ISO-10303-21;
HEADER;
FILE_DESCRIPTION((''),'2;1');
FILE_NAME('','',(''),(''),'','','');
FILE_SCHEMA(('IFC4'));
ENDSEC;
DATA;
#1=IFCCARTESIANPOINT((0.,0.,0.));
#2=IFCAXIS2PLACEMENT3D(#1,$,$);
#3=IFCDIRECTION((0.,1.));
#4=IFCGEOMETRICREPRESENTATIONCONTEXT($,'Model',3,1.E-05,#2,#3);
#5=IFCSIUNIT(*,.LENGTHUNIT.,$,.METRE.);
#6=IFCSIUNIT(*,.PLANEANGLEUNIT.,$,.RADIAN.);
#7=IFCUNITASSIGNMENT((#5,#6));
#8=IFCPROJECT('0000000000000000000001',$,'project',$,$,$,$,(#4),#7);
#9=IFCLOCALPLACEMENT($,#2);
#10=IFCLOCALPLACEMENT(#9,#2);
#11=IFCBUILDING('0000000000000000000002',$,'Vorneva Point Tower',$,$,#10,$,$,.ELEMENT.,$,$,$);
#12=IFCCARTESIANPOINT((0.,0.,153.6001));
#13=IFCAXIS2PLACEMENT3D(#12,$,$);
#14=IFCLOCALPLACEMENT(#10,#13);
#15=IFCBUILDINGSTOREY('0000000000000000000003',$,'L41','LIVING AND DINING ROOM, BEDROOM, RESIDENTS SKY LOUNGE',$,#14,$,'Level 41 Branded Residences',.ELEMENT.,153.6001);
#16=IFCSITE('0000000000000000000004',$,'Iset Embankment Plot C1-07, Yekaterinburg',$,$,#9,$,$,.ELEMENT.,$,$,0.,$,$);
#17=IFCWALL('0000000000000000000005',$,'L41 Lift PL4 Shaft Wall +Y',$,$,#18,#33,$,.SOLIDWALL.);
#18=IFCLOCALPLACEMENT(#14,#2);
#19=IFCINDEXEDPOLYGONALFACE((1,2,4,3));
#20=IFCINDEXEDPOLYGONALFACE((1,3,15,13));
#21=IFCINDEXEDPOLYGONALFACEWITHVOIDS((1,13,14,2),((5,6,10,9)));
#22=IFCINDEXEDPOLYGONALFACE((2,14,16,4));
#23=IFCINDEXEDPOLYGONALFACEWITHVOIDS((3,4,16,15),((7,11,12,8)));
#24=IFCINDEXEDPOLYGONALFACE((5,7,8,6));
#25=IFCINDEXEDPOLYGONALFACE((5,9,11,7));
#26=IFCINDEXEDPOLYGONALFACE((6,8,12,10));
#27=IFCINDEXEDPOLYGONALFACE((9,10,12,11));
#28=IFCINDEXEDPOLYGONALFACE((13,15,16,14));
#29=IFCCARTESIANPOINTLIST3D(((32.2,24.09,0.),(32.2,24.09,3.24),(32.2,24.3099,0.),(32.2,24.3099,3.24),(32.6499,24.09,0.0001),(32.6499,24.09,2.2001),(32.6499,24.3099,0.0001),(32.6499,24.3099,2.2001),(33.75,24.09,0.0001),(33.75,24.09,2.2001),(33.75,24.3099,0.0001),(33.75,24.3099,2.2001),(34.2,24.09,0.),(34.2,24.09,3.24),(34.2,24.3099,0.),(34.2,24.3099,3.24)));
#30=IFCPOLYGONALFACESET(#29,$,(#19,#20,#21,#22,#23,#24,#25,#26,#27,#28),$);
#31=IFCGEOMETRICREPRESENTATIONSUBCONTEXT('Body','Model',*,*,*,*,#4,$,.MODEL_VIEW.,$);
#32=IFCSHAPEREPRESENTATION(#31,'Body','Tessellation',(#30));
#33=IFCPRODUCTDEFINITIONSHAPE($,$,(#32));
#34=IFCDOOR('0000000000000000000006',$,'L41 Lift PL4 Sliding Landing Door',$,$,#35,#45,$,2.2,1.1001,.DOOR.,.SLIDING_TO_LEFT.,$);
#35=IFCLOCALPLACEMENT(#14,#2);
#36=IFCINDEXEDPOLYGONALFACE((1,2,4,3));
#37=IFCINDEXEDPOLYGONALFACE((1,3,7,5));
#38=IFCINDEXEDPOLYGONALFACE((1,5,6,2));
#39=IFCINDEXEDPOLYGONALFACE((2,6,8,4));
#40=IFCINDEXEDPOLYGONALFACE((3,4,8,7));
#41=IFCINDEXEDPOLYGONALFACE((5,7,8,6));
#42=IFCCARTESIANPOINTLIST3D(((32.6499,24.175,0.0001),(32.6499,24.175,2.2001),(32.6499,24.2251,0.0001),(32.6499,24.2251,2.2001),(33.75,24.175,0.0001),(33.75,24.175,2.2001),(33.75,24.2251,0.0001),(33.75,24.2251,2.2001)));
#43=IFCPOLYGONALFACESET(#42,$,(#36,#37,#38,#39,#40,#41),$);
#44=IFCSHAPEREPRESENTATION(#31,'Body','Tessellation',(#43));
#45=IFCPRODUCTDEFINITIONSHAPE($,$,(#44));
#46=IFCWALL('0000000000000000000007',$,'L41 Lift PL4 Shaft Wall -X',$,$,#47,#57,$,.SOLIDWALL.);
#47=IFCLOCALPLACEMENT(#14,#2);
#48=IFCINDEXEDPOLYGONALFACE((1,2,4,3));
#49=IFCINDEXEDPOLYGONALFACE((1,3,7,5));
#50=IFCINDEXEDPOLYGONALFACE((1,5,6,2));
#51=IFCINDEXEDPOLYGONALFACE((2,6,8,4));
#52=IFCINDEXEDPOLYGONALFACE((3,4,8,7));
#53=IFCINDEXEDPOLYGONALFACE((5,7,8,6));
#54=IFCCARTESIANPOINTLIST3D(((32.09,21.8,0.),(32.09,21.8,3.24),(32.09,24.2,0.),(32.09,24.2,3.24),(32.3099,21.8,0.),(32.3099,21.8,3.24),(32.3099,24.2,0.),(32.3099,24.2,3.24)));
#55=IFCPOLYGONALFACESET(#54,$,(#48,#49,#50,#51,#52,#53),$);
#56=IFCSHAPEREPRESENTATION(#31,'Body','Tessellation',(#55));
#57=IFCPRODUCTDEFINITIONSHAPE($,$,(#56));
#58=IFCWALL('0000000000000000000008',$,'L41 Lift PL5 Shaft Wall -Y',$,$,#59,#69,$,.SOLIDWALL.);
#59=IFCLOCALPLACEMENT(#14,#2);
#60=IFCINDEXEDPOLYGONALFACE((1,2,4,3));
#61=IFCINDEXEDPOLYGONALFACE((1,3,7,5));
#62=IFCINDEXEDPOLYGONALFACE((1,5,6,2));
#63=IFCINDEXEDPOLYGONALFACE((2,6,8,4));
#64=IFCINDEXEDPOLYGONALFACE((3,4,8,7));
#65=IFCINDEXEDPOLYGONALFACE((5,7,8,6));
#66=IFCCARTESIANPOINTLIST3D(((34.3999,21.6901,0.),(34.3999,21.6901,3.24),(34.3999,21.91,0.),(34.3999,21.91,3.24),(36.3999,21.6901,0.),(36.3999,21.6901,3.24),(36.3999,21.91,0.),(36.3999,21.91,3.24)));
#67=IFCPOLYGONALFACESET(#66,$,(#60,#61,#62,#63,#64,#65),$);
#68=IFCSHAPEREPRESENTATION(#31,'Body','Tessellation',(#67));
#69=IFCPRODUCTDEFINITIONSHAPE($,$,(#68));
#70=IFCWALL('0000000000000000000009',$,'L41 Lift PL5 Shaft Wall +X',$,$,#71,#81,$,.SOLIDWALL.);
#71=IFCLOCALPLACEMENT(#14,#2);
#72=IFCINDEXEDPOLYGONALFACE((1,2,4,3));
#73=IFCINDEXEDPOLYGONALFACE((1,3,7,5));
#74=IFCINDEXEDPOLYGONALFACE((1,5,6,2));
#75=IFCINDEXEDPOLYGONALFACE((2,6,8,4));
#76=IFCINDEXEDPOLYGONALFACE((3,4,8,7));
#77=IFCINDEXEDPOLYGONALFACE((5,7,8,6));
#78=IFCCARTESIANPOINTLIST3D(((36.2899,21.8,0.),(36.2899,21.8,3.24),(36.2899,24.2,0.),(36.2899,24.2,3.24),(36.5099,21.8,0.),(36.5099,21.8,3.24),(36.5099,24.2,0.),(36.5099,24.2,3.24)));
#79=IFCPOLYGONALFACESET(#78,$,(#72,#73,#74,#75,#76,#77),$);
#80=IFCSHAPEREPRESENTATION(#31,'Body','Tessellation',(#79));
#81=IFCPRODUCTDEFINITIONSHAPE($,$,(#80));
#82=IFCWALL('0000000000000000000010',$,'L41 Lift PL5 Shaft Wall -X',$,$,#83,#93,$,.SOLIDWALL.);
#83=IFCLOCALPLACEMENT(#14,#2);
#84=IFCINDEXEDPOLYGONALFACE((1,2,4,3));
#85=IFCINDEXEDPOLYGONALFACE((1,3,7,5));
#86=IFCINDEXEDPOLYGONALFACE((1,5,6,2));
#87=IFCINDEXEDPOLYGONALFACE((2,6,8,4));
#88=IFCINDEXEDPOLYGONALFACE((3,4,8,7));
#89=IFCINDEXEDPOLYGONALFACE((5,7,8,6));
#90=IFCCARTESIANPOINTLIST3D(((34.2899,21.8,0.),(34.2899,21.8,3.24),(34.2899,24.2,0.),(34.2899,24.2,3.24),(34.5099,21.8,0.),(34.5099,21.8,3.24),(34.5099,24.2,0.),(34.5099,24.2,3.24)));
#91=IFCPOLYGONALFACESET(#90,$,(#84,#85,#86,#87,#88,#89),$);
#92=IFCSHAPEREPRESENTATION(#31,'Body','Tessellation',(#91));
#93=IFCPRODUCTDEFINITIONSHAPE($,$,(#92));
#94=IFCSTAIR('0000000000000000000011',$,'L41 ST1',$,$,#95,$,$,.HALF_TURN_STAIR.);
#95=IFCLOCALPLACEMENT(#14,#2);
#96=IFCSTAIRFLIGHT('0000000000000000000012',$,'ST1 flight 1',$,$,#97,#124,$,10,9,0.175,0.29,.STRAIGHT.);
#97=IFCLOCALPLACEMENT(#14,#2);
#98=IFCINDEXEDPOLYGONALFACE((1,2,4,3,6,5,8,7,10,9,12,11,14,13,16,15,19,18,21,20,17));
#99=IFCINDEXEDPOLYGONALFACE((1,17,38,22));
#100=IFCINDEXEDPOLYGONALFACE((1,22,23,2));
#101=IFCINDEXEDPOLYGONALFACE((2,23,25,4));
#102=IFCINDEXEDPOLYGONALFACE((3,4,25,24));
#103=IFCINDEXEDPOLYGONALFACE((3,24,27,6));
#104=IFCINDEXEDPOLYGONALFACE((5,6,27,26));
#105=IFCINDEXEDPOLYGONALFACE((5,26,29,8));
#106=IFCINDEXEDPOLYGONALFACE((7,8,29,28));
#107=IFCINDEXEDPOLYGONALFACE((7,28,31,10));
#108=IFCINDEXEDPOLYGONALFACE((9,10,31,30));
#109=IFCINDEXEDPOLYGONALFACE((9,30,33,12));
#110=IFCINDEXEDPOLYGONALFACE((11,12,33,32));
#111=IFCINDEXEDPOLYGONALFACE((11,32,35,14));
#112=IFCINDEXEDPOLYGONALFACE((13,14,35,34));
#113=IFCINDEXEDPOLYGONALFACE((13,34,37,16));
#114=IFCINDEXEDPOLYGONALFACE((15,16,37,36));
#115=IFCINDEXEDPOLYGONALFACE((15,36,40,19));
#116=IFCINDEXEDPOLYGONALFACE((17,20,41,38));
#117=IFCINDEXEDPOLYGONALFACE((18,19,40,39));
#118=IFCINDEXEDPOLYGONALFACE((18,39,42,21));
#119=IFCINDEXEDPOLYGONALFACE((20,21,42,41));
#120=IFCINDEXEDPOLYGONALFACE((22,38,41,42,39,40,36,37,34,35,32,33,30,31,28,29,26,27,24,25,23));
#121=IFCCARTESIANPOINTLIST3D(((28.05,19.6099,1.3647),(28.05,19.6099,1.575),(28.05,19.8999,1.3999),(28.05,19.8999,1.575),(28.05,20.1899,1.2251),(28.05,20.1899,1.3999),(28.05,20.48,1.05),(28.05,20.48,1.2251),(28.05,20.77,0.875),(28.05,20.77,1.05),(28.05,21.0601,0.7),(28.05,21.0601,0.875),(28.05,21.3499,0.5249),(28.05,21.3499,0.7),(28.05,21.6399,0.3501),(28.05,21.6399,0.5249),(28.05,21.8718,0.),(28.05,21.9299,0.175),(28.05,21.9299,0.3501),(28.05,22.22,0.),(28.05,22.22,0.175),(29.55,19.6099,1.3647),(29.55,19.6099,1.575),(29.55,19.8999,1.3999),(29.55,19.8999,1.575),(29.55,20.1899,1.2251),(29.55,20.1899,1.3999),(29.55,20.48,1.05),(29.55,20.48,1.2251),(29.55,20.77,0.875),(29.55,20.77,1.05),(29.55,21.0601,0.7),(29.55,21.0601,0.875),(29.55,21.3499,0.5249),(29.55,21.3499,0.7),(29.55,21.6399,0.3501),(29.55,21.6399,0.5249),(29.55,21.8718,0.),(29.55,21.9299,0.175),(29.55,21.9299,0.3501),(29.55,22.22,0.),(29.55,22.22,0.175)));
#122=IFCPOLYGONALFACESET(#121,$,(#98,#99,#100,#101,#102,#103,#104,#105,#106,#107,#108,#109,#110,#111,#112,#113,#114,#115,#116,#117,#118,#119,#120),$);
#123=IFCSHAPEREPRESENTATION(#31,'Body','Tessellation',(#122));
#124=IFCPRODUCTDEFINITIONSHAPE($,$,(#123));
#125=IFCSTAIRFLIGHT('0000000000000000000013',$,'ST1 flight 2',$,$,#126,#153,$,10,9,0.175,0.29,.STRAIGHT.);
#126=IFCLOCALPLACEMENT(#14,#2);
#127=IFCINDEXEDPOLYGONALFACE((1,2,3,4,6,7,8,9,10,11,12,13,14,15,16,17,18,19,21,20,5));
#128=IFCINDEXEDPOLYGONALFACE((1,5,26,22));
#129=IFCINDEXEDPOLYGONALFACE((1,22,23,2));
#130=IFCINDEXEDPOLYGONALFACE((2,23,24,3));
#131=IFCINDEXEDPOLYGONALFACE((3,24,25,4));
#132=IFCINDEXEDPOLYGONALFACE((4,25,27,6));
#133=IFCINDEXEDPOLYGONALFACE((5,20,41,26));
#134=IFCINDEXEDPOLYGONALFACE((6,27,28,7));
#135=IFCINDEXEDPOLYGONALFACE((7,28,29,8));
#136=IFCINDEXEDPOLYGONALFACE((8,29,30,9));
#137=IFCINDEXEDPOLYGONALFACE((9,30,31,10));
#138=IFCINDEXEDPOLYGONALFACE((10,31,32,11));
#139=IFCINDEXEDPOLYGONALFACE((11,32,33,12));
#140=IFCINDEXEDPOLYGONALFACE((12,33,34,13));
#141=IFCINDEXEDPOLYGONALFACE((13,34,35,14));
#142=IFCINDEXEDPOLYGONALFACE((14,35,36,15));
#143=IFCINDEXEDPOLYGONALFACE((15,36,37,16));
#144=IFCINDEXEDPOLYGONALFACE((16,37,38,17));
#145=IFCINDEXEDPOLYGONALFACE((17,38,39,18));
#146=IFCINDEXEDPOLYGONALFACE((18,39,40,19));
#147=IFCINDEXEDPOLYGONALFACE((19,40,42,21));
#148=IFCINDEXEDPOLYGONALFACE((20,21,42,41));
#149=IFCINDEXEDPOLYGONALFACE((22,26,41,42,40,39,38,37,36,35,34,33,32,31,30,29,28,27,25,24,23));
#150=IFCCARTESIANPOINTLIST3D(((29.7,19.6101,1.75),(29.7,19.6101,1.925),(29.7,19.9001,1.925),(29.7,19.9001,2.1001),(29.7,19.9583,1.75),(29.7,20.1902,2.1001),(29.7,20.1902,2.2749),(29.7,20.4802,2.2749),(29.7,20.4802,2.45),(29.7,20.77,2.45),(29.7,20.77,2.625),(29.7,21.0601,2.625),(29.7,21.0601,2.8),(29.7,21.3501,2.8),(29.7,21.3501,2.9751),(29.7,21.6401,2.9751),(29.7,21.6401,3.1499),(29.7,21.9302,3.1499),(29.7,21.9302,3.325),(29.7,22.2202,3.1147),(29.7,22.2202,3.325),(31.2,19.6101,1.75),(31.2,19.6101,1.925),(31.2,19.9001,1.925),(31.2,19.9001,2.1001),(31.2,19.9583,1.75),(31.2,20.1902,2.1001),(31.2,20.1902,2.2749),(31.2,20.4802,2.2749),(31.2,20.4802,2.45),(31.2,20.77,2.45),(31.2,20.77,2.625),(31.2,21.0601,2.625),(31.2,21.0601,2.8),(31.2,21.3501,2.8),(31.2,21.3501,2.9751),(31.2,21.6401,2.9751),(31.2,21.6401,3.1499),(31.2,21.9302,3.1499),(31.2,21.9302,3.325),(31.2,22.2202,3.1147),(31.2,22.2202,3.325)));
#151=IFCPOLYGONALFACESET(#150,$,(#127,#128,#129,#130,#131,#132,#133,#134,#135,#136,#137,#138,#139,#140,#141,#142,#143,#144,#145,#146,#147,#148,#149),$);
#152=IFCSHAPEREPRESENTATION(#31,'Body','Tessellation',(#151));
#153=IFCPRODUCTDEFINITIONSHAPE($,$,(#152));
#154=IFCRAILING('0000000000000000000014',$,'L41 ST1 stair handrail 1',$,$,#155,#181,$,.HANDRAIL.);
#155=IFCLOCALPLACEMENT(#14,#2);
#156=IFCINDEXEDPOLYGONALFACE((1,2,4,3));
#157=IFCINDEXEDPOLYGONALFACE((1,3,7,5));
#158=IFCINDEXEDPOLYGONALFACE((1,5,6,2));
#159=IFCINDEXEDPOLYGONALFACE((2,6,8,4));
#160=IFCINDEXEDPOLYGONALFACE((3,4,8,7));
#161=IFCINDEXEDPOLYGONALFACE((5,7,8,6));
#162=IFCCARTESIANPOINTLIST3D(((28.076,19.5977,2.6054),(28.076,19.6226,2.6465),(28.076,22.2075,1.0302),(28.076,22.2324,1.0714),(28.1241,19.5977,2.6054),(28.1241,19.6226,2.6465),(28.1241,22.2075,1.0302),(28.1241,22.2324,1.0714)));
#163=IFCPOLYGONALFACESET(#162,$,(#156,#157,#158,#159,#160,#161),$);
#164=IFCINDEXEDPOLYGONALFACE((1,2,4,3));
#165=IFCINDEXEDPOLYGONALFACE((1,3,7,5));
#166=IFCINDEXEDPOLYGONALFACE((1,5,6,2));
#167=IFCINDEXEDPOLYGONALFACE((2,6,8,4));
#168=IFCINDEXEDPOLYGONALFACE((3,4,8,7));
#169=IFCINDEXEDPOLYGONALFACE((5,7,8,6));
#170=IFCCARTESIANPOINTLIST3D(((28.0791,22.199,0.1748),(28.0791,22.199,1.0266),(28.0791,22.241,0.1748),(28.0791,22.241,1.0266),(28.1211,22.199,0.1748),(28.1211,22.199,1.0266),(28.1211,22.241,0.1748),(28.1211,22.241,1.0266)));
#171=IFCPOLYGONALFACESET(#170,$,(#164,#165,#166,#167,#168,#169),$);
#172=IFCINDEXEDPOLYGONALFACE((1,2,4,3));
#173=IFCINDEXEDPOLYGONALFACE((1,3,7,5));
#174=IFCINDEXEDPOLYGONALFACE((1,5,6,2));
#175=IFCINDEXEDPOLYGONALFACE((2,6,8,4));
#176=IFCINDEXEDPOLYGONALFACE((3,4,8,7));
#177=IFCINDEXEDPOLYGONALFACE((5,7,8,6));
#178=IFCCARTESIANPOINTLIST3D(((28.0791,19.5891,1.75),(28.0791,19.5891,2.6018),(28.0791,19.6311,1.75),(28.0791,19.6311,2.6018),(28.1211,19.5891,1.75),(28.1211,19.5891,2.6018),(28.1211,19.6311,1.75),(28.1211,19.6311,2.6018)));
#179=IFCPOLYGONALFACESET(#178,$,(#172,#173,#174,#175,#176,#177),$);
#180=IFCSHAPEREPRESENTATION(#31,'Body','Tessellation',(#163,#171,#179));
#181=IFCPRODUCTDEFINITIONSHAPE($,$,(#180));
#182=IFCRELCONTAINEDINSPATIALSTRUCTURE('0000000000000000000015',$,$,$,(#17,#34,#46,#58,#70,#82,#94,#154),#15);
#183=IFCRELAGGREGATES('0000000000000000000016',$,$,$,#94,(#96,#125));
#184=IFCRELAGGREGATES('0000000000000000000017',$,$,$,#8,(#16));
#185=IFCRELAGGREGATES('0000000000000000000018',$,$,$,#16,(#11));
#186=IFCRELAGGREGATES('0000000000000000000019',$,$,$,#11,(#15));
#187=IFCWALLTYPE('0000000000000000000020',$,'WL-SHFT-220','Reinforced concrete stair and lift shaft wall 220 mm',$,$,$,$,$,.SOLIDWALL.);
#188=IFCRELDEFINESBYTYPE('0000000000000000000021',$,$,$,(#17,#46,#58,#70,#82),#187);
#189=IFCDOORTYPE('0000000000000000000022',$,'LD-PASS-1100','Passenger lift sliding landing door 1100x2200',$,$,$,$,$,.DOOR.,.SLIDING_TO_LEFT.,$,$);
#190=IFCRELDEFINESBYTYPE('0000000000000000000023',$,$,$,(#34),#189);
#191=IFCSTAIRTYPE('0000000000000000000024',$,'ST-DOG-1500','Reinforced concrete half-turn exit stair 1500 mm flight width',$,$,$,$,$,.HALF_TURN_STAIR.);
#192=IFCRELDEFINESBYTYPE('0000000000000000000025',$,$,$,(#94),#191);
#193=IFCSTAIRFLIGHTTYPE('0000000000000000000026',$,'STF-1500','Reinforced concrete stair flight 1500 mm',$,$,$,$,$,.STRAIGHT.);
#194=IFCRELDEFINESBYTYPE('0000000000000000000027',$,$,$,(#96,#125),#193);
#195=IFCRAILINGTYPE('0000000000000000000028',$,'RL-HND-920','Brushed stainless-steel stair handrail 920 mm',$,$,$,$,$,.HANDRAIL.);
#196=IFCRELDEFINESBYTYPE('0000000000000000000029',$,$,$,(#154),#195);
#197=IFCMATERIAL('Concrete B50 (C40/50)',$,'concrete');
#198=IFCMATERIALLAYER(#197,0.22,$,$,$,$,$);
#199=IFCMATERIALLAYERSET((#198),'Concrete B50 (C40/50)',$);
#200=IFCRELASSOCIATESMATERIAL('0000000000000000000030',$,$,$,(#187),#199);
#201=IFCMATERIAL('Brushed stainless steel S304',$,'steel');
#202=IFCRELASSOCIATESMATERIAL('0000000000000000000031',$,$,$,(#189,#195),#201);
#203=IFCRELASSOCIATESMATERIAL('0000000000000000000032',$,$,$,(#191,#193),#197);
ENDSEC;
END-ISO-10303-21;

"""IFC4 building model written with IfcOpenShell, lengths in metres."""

from ifc_helpers import new_model, si_unit, direction, frame, frame_2d, origin, origin_2d, place, context, subcontext, project, spatial, polyline, rectangle, outline, extrude, material, layer, layer_set, type_object, element, fill, aggregate, save


model = new_model("IFC4")

# Units and contexts
model_context = context("Model", 3, precision=1e-05, world=origin(), true_north=direction((0.0, 1.0)))
body_context = subcontext(model_context, "Body", "Model", "MODEL_VIEW")
ifc_project = project(units=[si_unit("LENGTHUNIT", "METRE"), si_unit("PLANEANGLEUNIT", "RADIAN")], contexts=[model_context])

# Site, building, storey
site_placement = place(None, origin())
site = spatial("IfcSite", under=ifc_project, at=site_placement, Name="Iset Embankment Plot C1-07, Yekaterinburg", CompositionType="ELEMENT", RefElevation=0.0)
building_placement = place(site_placement, origin())
building = spatial("IfcBuilding", under=site, at=building_placement, Name="Vorneva Point Tower", CompositionType="ELEMENT")
storey_placement = place(building_placement, frame((0.0, 0.0, 153.6001)))
storey = spatial("IfcBuildingStorey", under=building, at=storey_placement, Name="L41", Description="LIVING AND DINING ROOM, BEDROOM, RESIDENTS SKY LOUNGE", LongName="Level 41 Branded Residences", CompositionType="ELEMENT", Elevation=153.6001)

# Shared definitions
ifc_material_1 = material(Name="Concrete B50 (C40/50)", Category="concrete")
ifc_layer_1 = layer(ifc_material_1, 0.22)
ifc_layer_set_1 = layer_set([ifc_layer_1], Name="Concrete B50 (C40/50)")
wall_type_1 = type_object("IfcWallType", Name="WL-SHFT-220", Description="Reinforced concrete stair and lift shaft wall 220 mm", PredefinedType="SOLIDWALL", material=ifc_layer_set_1)

# Wall, opening, door
wall_1_placement = place(storey_placement, frame((34.2, 24.2, 0.0), z_axis=(0.0, 0.0, 1.0), x_axis=(-1.0, 0.0, 0.0)))
wall_1 = element("IfcWall", 1, at=wall_1_placement, inside=storey, type_object=wall_type_1, Name="L41 Lift PL4 Shaft Wall +Y", PredefinedType="SOLIDWALL", context=body_context, shape_type="SweptSolid", body=[
    extrude(rectangle(XDim=2.0, YDim=0.22, at=frame_2d((1.0, 0.0))), origin(), (0.0, 0.0, 1.0), 3.24),
])
opening_1_placement = place(wall_1_placement, frame((0.45, 0.0, 0.0)))
opening_1 = element("IfcOpeningElement", 2, at=opening_1_placement, cuts=wall_1, PredefinedType="OPENING", context=body_context, shape_type="SweptSolid", body=[
    extrude(rectangle(XDim=1.1001, YDim=2.2, at=frame_2d((0.55, 1.1001))), frame((0.0, 0.125, 0.0), z_axis=(0.0, -1.0, 0.0), x_axis=(1.0, 0.0, 0.0)), (0.0, 0.0, 1.0), 0.2498),
])
ifc_material_2 = material(Name="Brushed stainless steel S304", Category="steel")
door_type_1 = type_object("IfcDoorType", Name="LD-PASS-1100", Description="Passenger lift sliding landing door 1100x2200", OperationType="SLIDING_TO_LEFT", PredefinedType="DOOR", material=ifc_material_2)
door_1_placement = place(opening_1_placement, origin())
door_1 = element("IfcDoor", 3, at=door_1_placement, inside=storey, type_object=door_type_1, Name="L41 Lift PL4 Sliding Landing Door", OperationType="SLIDING_TO_LEFT", OverallHeight=2.2, OverallWidth=1.1001, PredefinedType="DOOR", context=body_context, shape_type="SweptSolid", body=[
    extrude(rectangle(XDim=1.1001, YDim=2.2, at=frame_2d((0.55, 1.1001))), frame((0.0, 0.0249, 0.0), z_axis=(0.0, -1.0, 0.0), x_axis=(1.0, 0.0, 0.0)), (0.0, 0.0, 1.0), 0.05),
])
fill(opening_1, door_1)

# Walls
wall_2_placement = place(storey_placement, frame((32.2, 24.2, 0.0), z_axis=(0.0, 0.0, 1.0), x_axis=(0.0, -1.0, 0.0)))
element("IfcWall", 4, at=wall_2_placement, inside=storey, type_object=wall_type_1, Name="L41 Lift PL4 Shaft Wall -X", PredefinedType="SOLIDWALL", context=body_context, shape_type="SweptSolid", body=[
    extrude(rectangle(XDim=2.3999, YDim=0.22, at=frame_2d((1.2, 0.0))), origin(), (0.0, 0.0, 1.0), 3.24),
])
wall_3_placement = place(storey_placement, frame((34.3999, 21.8, 0.0), z_axis=(0.0, 0.0, 1.0), x_axis=(1.0, 0.0, 0.0)))
element("IfcWall", 5, at=wall_3_placement, inside=storey, type_object=wall_type_1, Name="L41 Lift PL5 Shaft Wall -Y", PredefinedType="SOLIDWALL", context=body_context, shape_type="SweptSolid", body=[
    extrude(rectangle(XDim=2.0, YDim=0.22, at=frame_2d((1.0, 0.0))), origin(), (0.0, 0.0, 1.0), 3.24),
])
for number, where, z_axis, x_axis, name in (
    (6, (36.3999, 21.8, 0.0), (0.0, 0.0, 1.0), (0.0, 1.0, 0.0), "L41 Lift PL5 Shaft Wall +X"),
    (7, (34.3999, 24.2, 0.0), (0.0, 0.0, 1.0), (0.0, -1.0, 0.0), "L41 Lift PL5 Shaft Wall -X"),
):
    element("IfcWall", number, at=place(storey_placement, frame(where, z_axis=z_axis, x_axis=x_axis)), inside=storey, type_object=wall_type_1, Name=name, PredefinedType="SOLIDWALL", context=body_context, shape_type="SweptSolid", body=[
        extrude(rectangle(XDim=2.3999, YDim=0.22, at=frame_2d((1.2, 0.0))), origin(), (0.0, 0.0, 1.0), 3.24),
    ])

# Stair, stair flights
stair_type = type_object("IfcStairType", Name="ST-DOG-1500", Description="Reinforced concrete half-turn exit stair 1500 mm flight width", PredefinedType="HALF_TURN_STAIR", material=ifc_material_1)
stair_placement = place(storey_placement, origin())
stair = element("IfcStair", 8, at=stair_placement, inside=storey, type_object=stair_type, Name="L41 ST1", PredefinedType="HALF_TURN_STAIR")
stair_flight_type = type_object("IfcStairFlightType", Name="STF-1500", Description="Reinforced concrete stair flight 1500 mm", PredefinedType="STRAIGHT", material=ifc_material_1)
stair_flight_1_placement = place(storey_placement, frame((28.8, 22.22, 0.0), z_axis=(0.0, 0.0, 1.0), x_axis=(0.0, -1.0, 0.0)))
stair_flight_1 = element("IfcStairFlight", 9, at=stair_flight_1_placement, type_object=stair_flight_type, Name="ST1 flight 1", NumberOfRisers=10, NumberOfTreads=9, PredefinedType="STRAIGHT", RiserHeight=0.175, TreadLength=0.29, context=body_context, shape_type="SweptSolid", body=[
    extrude(outline(polyline([(0.0, 0.0), (0.0, 0.175), (0.29, 0.175), (0.29, 0.3501), (0.5801, 0.3501), (0.5801, 0.5249), (0.8701, 0.5249), (0.8701, 0.7), (1.1599, 0.7), (1.1599, 0.875), (1.45, 0.875), (1.45, 1.05), (1.74, 1.05), (1.74, 1.2251), (2.03, 1.2251), (2.03, 1.3999), (2.3201, 1.3999), (2.3201, 1.575), (2.6101, 1.575), (2.6101, 1.75), (2.6101, 1.3647), (0.3481, 0.0), (0.0, 0.0)])), frame((0.0, 0.75, 0.0), z_axis=(0.0, -1.0, 0.0), x_axis=(1.0, 0.0, 0.0)), (0.0, 0.0, 1.0), 1.5),
])
stair_flight_2_placement = place(storey_placement, frame((30.45, 19.6101, 1.75), z_axis=(0.0, 0.0, 1.0), x_axis=(0.0, 1.0, 0.0)))
stair_flight_2 = element("IfcStairFlight", 10, at=stair_flight_2_placement, type_object=stair_flight_type, Name="ST1 flight 2", NumberOfRisers=10, NumberOfTreads=9, PredefinedType="STRAIGHT", RiserHeight=0.175, TreadLength=0.29, context=body_context, shape_type="SweptSolid", body=[
    extrude(outline(polyline([(0.0, 0.0), (0.0, 0.175), (0.29, 0.175), (0.29, 0.3501), (0.5801, 0.3501), (0.5801, 0.5249), (0.8701, 0.5249), (0.8701, 0.7), (1.1599, 0.7), (1.1599, 0.875), (1.45, 0.875), (1.45, 1.05), (1.74, 1.05), (1.74, 1.2251), (2.03, 1.2251), (2.03, 1.3999), (2.3201, 1.3999), (2.3201, 1.575), (2.6101, 1.575), (2.6101, 1.75), (2.6101, 1.3647), (0.3481, 0.0), (0.0, 0.0)])), frame((0.0, 0.75, 0.0), z_axis=(0.0, -1.0, 0.0), x_axis=(1.0, 0.0, 0.0)), (0.0, 0.0, 1.0), 1.5),
])
aggregate(stair, [stair_flight_1, stair_flight_2])

# Railing
railing_type_1 = type_object("IfcRailingType", Name="RL-HND-920", Description="Brushed stainless-steel stair handrail 920 mm", PredefinedType="HANDRAIL", material=ifc_material_2)
railing_1_placement = place(storey_placement, frame((28.1001, 22.22, 0.1748)))
element("IfcRailing", 11, at=railing_1_placement, inside=storey, type_object=railing_type_1, Name="L41 ST1 stair handrail 1", PredefinedType="HANDRAIL", context=body_context, shape_type="SweptSolid", body=[
    extrude(rectangle(XDim=0.0481, YDim=0.0481, at=origin_2d()), frame((0.0, 0.0, 0.876), z_axis=(0.0, -0.856147, 0.516732), x_axis=(1.0, 0.0, 0.0)), (0.0, 0.0, 1.0), 3.0483),
    extrude(rectangle(XDim=0.042, YDim=0.042, at=origin_2d()), origin(), (0.0, 0.0, 1.0), 0.8518),
    extrude(rectangle(XDim=0.042, YDim=0.042, at=origin_2d()), frame((0.0, -2.6099, 1.5752)), (0.0, 0.0, 1.0), 0.8518),
])

save(model, "model.ifc")
